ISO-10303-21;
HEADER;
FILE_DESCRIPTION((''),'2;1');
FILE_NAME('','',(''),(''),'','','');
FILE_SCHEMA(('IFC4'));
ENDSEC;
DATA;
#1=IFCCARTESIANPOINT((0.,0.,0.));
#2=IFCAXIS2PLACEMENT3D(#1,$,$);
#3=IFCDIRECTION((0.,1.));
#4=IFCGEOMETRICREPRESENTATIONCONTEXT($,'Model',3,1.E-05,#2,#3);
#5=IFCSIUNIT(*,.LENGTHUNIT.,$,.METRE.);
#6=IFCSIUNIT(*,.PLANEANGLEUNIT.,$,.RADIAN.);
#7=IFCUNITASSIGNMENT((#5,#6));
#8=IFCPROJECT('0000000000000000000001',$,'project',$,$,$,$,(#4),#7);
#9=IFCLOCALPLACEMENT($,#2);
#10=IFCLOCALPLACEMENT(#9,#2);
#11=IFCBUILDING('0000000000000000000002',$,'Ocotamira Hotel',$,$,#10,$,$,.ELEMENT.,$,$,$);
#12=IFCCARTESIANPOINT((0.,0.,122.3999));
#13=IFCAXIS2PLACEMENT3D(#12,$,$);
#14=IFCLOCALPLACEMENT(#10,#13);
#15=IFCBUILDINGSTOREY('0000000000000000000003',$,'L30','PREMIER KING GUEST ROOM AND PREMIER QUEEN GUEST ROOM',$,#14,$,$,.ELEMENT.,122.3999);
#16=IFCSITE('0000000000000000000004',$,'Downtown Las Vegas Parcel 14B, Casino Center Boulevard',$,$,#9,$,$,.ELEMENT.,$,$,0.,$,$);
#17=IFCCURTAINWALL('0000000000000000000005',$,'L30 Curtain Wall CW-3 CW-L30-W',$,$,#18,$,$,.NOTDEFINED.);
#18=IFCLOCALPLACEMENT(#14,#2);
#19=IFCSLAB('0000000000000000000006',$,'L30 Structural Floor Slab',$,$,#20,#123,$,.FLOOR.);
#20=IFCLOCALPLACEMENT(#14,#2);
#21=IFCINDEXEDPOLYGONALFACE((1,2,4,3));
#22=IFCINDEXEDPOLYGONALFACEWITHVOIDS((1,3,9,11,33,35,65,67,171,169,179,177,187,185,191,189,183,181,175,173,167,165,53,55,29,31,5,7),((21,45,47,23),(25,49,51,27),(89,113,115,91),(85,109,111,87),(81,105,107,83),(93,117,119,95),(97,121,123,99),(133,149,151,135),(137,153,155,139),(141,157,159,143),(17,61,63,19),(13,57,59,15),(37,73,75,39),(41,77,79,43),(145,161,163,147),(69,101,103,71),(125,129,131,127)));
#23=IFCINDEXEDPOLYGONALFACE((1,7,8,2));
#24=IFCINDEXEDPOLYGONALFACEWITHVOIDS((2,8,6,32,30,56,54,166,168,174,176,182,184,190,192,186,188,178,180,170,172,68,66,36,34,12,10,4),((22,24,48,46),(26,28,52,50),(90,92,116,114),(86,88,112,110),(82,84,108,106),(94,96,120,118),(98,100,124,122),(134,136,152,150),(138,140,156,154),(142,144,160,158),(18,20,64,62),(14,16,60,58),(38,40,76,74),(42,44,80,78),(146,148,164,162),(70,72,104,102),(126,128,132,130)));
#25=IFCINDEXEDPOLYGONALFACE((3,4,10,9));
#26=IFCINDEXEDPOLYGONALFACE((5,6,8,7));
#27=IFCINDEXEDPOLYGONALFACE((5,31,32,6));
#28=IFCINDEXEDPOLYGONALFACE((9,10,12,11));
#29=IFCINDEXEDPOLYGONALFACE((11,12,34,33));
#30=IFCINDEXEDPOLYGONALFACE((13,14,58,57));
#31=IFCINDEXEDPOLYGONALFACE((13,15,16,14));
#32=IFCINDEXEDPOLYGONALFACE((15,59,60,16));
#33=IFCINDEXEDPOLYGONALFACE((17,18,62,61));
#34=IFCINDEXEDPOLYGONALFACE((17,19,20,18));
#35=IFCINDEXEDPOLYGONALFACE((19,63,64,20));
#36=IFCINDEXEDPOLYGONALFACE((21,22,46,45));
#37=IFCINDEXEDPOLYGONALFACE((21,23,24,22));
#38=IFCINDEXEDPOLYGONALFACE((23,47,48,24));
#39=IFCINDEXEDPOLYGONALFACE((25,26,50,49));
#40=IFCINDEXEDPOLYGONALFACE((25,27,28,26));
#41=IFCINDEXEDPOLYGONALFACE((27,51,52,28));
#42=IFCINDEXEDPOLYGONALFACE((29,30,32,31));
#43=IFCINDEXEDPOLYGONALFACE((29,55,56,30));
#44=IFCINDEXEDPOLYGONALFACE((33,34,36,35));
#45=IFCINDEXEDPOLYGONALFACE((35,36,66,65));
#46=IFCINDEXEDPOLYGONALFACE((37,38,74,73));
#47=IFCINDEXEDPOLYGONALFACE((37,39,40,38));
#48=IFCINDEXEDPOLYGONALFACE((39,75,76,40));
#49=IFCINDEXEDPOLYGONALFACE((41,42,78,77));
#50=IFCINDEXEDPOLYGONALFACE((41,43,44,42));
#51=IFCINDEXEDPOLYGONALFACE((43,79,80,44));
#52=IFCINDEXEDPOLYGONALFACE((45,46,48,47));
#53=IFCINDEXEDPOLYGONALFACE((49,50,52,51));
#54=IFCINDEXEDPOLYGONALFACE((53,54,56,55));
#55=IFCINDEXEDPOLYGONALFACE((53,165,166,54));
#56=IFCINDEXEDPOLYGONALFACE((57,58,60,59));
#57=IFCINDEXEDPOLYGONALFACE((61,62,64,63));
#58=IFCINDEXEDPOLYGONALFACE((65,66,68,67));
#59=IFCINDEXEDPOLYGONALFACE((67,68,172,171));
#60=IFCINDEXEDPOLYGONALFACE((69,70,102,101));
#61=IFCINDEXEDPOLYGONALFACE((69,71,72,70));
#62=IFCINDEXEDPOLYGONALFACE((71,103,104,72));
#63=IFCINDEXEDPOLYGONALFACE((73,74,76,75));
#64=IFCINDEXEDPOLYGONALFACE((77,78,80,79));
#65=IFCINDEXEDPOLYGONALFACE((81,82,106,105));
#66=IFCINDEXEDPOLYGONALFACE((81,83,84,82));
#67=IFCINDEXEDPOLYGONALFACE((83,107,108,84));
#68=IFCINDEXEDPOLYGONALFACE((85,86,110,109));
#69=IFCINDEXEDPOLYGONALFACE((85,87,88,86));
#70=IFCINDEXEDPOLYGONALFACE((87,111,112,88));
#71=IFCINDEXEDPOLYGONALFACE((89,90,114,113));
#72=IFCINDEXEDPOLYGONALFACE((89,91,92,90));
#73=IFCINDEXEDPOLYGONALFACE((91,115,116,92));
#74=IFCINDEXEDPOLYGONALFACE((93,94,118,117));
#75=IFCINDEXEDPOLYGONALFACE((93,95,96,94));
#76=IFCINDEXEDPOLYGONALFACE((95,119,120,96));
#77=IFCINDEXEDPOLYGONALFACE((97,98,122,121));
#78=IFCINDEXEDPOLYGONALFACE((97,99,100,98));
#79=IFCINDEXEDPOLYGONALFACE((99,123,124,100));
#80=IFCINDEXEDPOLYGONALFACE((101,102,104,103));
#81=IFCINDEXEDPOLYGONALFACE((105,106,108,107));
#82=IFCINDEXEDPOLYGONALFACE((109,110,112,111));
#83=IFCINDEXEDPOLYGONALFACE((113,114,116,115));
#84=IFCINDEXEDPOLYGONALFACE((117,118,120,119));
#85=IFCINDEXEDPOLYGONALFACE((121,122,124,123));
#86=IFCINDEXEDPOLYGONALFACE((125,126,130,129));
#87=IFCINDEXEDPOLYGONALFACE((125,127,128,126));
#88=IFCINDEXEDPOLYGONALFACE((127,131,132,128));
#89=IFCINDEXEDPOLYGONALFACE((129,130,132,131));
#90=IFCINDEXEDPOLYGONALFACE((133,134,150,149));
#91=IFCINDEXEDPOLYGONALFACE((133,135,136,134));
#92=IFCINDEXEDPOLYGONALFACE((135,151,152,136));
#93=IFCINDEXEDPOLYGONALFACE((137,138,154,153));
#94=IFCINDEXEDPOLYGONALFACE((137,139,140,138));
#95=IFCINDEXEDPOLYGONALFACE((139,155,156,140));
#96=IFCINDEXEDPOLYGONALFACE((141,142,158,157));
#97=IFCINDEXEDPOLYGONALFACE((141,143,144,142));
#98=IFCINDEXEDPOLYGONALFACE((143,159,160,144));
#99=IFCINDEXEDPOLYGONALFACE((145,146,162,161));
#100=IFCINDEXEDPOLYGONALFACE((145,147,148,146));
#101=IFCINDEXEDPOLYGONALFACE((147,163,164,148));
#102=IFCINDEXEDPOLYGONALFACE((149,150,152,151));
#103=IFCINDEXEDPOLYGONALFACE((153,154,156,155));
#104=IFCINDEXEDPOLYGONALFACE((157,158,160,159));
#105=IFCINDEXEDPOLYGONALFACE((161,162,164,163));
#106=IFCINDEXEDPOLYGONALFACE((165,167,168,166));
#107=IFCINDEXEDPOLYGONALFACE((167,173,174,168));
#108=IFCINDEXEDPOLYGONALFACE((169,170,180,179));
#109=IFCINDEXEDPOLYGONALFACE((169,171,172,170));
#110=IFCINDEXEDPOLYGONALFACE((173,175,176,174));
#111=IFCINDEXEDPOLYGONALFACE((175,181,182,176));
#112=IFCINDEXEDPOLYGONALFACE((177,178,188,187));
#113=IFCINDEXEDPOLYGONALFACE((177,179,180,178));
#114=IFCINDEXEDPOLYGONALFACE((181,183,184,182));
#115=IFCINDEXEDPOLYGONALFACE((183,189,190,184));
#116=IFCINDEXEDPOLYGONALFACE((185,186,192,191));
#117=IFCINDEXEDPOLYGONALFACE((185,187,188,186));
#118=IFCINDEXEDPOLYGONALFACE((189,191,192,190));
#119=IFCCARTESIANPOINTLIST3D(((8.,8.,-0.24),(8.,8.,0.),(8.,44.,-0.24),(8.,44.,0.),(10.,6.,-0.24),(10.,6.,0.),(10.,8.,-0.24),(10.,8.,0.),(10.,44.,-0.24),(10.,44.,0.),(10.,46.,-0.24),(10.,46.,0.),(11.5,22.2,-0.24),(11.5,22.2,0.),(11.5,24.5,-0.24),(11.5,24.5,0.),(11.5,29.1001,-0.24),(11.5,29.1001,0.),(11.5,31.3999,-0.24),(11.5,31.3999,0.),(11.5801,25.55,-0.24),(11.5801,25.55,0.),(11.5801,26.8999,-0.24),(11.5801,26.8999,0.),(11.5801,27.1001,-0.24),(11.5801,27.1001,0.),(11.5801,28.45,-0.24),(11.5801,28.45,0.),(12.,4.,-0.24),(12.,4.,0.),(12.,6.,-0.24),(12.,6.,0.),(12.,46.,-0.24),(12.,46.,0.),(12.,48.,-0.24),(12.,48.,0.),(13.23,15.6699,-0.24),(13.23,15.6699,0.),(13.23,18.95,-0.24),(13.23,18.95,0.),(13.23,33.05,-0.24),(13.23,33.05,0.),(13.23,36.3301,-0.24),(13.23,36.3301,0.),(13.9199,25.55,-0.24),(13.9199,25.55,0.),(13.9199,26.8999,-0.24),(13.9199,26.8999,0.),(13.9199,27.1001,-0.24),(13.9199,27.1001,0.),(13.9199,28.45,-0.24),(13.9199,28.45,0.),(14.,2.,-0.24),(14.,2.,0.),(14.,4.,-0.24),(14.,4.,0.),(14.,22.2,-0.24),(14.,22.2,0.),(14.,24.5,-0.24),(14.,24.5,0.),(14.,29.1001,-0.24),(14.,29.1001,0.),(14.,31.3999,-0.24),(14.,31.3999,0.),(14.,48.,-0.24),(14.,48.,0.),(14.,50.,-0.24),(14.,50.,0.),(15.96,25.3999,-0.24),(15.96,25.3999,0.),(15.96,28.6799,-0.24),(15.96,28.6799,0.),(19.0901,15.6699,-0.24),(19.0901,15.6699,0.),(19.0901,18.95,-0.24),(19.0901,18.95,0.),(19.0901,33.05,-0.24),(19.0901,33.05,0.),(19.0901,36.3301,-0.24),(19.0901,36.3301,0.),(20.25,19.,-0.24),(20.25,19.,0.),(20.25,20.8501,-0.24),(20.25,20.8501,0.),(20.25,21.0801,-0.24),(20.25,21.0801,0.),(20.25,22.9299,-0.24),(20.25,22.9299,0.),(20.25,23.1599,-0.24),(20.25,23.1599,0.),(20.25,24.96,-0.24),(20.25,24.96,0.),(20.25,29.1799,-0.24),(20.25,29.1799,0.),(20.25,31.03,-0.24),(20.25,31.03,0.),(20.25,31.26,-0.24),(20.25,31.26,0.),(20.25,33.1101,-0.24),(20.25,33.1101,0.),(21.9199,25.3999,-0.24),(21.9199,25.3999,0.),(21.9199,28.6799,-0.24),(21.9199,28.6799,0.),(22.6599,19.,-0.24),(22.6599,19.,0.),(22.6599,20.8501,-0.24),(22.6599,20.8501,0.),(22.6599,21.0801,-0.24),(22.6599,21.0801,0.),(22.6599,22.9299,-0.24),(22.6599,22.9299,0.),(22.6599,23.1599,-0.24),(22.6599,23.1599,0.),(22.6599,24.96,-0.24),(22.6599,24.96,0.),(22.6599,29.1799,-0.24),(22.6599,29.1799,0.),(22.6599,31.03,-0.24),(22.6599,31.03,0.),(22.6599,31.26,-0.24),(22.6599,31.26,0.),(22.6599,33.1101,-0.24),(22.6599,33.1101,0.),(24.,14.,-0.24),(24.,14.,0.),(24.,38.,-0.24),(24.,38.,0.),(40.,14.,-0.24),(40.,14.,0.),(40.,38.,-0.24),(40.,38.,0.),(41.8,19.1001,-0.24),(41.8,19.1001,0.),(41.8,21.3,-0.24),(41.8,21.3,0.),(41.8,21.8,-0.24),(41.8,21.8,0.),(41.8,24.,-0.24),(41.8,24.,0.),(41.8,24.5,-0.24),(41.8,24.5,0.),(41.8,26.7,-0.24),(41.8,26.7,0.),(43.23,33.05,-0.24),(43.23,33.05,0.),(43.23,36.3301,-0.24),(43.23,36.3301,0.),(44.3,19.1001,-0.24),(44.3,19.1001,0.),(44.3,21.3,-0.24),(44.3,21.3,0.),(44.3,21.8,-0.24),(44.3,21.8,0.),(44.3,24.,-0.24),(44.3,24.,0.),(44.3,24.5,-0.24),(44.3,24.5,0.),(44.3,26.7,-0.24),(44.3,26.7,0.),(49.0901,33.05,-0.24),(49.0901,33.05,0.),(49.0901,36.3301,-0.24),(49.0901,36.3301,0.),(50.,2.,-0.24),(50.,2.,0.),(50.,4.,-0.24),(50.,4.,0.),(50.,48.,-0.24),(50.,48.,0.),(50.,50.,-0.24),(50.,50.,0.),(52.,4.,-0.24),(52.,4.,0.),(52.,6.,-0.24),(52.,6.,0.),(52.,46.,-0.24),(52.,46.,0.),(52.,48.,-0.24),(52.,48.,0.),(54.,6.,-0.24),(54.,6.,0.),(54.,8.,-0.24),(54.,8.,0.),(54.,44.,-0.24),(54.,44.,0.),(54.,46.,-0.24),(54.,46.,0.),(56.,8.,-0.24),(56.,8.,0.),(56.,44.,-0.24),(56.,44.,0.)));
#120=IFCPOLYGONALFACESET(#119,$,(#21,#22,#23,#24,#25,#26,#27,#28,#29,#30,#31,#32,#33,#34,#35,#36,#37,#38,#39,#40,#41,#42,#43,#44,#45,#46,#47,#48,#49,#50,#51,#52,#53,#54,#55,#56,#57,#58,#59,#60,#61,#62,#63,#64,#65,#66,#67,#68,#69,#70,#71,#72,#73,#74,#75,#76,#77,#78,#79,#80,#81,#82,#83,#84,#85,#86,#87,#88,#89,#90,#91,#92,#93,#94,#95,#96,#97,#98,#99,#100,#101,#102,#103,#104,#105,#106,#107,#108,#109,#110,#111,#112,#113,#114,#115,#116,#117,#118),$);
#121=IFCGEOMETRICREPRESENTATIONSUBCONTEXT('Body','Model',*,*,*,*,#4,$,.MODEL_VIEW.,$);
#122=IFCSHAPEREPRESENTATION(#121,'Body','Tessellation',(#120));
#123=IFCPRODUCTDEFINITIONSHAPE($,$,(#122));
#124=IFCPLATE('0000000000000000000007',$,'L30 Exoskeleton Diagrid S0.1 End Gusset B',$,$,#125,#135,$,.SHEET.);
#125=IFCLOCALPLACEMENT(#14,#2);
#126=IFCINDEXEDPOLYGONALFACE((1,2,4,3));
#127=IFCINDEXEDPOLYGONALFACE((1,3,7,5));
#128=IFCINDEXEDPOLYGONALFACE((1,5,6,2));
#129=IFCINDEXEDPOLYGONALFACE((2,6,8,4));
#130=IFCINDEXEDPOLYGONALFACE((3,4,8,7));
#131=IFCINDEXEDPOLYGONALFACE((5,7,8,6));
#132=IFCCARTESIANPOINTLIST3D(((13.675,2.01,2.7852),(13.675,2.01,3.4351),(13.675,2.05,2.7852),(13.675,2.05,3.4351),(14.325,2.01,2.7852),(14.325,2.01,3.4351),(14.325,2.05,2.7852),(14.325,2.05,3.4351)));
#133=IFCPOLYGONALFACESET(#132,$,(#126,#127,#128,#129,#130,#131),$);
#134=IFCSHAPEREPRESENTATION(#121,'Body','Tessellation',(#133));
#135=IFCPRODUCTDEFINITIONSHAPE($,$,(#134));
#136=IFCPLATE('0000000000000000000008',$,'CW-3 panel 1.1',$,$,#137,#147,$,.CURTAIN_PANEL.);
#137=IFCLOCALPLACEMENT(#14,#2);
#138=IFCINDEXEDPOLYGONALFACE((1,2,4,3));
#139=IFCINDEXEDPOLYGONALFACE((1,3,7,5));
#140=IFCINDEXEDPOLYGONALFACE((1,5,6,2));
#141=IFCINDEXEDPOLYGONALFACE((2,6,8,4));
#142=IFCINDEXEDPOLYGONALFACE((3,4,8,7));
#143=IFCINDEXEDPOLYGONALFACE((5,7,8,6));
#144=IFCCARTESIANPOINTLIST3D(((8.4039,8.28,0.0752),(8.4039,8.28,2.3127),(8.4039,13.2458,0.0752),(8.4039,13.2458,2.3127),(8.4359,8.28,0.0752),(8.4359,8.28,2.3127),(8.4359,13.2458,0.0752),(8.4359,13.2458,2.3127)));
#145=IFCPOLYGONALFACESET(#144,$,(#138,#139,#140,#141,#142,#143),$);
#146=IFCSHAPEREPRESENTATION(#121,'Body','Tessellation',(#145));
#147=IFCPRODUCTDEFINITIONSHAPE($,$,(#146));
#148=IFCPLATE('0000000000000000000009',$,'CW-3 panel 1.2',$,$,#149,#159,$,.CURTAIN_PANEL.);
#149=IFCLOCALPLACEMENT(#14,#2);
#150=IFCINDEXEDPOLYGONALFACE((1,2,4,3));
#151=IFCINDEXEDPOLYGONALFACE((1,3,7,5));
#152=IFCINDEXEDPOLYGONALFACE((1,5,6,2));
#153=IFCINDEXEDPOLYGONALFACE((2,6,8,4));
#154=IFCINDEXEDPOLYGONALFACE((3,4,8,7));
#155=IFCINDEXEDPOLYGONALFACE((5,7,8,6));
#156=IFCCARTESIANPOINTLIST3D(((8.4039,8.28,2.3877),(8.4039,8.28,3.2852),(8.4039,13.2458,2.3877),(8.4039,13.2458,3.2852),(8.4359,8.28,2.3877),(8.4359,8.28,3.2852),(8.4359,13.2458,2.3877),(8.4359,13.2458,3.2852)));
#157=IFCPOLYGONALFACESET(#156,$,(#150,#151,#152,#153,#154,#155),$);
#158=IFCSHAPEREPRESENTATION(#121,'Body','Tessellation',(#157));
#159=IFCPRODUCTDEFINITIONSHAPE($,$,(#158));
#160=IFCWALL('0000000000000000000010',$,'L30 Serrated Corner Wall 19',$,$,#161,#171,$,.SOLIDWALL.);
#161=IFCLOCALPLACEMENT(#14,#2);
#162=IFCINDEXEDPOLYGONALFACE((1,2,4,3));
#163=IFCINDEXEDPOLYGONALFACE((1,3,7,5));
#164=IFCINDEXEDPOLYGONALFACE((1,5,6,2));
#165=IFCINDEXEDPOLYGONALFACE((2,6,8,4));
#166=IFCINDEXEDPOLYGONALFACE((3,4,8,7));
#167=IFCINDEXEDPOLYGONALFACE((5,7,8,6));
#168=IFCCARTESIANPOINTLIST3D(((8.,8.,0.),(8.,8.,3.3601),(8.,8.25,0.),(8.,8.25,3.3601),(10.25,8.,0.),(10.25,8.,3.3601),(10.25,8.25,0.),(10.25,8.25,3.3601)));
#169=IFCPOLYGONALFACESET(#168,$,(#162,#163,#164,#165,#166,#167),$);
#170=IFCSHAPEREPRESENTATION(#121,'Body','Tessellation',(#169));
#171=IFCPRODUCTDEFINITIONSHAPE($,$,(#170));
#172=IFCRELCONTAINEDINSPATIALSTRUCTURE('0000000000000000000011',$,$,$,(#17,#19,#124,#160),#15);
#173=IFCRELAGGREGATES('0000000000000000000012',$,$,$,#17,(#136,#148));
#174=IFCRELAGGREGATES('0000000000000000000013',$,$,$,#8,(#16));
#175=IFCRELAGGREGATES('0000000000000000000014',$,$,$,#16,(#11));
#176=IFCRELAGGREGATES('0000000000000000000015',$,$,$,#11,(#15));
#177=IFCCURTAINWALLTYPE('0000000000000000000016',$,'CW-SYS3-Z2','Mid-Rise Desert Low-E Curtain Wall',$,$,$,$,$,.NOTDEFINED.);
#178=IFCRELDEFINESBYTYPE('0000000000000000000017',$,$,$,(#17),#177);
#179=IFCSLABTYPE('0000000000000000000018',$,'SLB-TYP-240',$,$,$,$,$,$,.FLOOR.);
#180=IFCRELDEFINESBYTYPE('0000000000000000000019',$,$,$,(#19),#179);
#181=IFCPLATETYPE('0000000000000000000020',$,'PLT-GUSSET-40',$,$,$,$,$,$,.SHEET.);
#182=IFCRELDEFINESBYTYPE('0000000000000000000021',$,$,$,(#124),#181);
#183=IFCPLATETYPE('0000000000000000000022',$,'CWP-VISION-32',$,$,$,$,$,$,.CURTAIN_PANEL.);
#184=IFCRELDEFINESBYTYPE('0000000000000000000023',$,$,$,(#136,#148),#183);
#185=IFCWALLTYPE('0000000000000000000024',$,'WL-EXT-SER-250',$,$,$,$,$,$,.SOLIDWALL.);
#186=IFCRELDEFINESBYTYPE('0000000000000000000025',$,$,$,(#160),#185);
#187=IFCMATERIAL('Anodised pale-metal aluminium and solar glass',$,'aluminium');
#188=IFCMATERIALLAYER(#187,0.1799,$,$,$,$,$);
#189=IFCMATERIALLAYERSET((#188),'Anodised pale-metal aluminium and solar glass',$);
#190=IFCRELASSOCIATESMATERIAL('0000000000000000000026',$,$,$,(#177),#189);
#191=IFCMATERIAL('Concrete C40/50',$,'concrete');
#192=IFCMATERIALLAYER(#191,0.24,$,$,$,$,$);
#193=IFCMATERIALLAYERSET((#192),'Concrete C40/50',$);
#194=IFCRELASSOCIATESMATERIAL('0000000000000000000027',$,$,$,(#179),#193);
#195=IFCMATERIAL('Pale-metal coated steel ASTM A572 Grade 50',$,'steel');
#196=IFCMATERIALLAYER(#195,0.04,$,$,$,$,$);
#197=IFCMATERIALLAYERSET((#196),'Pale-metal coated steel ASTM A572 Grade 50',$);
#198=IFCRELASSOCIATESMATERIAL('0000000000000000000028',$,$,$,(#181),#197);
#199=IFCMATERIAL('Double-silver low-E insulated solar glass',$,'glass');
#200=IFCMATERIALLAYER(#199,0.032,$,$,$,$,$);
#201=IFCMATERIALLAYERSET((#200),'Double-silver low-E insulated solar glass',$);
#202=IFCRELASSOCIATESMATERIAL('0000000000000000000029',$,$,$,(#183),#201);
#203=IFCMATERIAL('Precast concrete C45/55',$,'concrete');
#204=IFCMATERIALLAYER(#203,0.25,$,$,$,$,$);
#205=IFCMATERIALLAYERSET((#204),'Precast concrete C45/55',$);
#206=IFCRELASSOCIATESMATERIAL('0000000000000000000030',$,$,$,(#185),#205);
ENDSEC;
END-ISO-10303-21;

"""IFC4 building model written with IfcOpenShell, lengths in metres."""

from ifc_helpers import new_model, si_unit, direction, frame, frame_2d, origin, origin_2d, place, context, subcontext, project, spatial, polyline, rectangle, outline, extrude, source, transform, mapped, material, layer, layer_set, type_object, element, aggregate, save


model = new_model("IFC4")

# Units and contexts
model_context = context("Model", 3, precision=1e-05, world=origin(), true_north=direction((0.0, 1.0)))
body_context = subcontext(model_context, "Body", "Model", "MODEL_VIEW")
ifc_project = project(units=[si_unit("LENGTHUNIT", "METRE"), si_unit("PLANEANGLEUNIT", "RADIAN")], contexts=[model_context])

# Site, building, storey
site_placement = place(None, origin())
site = spatial("IfcSite", under=ifc_project, at=site_placement, Name="Downtown Las Vegas Parcel 14B, Casino Center Boulevard", CompositionType="ELEMENT", RefElevation=0.0)
building_placement = place(site_placement, origin())
building = spatial("IfcBuilding", under=site, at=building_placement, Name="Ocotamira Hotel", CompositionType="ELEMENT")
storey_placement = place(building_placement, frame((0.0, 0.0, 122.3999)))
storey = spatial("IfcBuildingStorey", under=building, at=storey_placement, Name="L30", Description="PREMIER KING GUEST ROOM AND PREMIER QUEEN GUEST ROOM", CompositionType="ELEMENT", Elevation=122.3999)

# Curtain wall
ifc_material_1 = material(Name="Anodised pale-metal aluminium and solar glass", Category="aluminium")
ifc_layer_1 = layer(ifc_material_1, 0.1799)
ifc_layer_set_1 = layer_set([ifc_layer_1], Name="Anodised pale-metal aluminium and solar glass")
curtain_wall_type = type_object("IfcCurtainWallType", Name="CW-SYS3-Z2", Description="Mid-Rise Desert Low-E Curtain Wall", PredefinedType="NOTDEFINED", material=ifc_layer_set_1)
curtain_wall_1_placement = place(storey_placement, origin())
curtain_wall_1 = element("IfcCurtainWall", 1, at=curtain_wall_1_placement, inside=storey, type_object=curtain_wall_type, Name="L30 Curtain Wall CW-3 CW-L30-W", PredefinedType="NOTDEFINED")

# Shared definitions
ifc_material_2 = material(Name="Concrete C40/50", Category="concrete")

# Slab
ifc_layer_2 = layer(ifc_material_2, 0.24)
ifc_layer_set_2 = layer_set([ifc_layer_2], Name="Concrete C40/50")
slab_type_1 = type_object("IfcSlabType", Name="SLB-TYP-240", PredefinedType="FLOOR", material=ifc_layer_set_2)
slab_1_placement = place(storey_placement, frame((0.0, 0.0, -0.24)))
element("IfcSlab", 2, at=slab_1_placement, inside=storey, type_object=slab_type_1, Name="L30 Structural Floor Slab", PredefinedType="FLOOR", context=body_context, shape_type="SweptSolid", body=[
    extrude(outline(polyline([(14.0, 2.0), (50.0, 2.0), (50.0, 4.0), (52.0, 4.0), (52.0, 6.0), (54.0, 6.0), (54.0, 8.0), (56.0, 8.0), (56.0, 44.0), (54.0, 44.0), (54.0, 46.0), (52.0, 46.0), (52.0, 48.0), (50.0, 48.0), (50.0, 50.0), (14.0, 50.0), (14.0, 48.0), (12.0, 48.0), (12.0, 46.0), (10.0, 46.0), (10.0, 44.0), (8.0, 44.0), (8.0, 8.0), (10.0, 8.0), (10.0, 6.0), (12.0, 6.0), (12.0, 4.0), (14.0, 4.0), (14.0, 2.0)]), holes=[polyline([(24.0, 14.0), (40.0, 14.0), (40.0, 38.0), (24.0, 38.0), (24.0, 14.0)]), polyline([(13.23, 15.6699), (19.0901, 15.6699), (19.0901, 18.95), (13.23, 18.95), (13.23, 15.6699)]), polyline([(13.23, 33.05), (19.0901, 33.05), (19.0901, 36.3301), (13.23, 36.3301), (13.23, 33.05)]), polyline([(15.96, 25.3999), (21.9199, 25.3999), (21.9199, 28.6799), (15.96, 28.6799), (15.96, 25.3999)]), polyline([(43.23, 33.05), (49.0901, 33.05), (49.0901, 36.3301), (43.23, 36.3301), (43.23, 33.05)]), polyline([(41.8, 19.1001), (44.3, 19.1001), (44.3, 21.3), (41.8, 21.3), (41.8, 19.1001)]), polyline([(41.8, 21.8), (44.3, 21.8), (44.3, 24.0), (41.8, 24.0), (41.8, 21.8)]), polyline([(41.8, 24.5), (44.3, 24.5), (44.3, 26.7), (41.8, 26.7), (41.8, 24.5)]), polyline([(20.25, 19.0), (22.6599, 19.0), (22.6599, 20.8501), (20.25, 20.8501), (20.25, 19.0)]), polyline([(20.25, 21.0801), (22.6599, 21.0801), (22.6599, 22.9299), (20.25, 22.9299), (20.25, 21.0801)]), polyline([(20.25, 23.1599), (22.6599, 23.1599), (22.6599, 24.96), (20.25, 24.96), (20.25, 23.1599)]), polyline([(20.25, 29.1799), (22.6599, 29.1799), (22.6599, 31.03), (20.25, 31.03), (20.25, 29.1799)]), polyline([(20.25, 31.26), (22.6599, 31.26), (22.6599, 33.1101), (20.25, 33.1101), (20.25, 31.26)]), polyline([(11.5, 22.2), (14.0, 22.2), (14.0, 24.5), (11.5, 24.5), (11.5, 22.2)]), polyline([(11.5, 29.1001), (14.0, 29.1001), (14.0, 31.3999), (11.5, 31.3999), (11.5, 29.1001)]), polyline([(11.5801, 25.55), (13.9199, 25.55), (13.9199, 26.8999), (11.5801, 26.8999), (11.5801, 25.55)]), polyline([(11.5801, 27.1001), (13.9199, 27.1001), (13.9199, 28.45), (11.5801, 28.45), (11.5801, 27.1001)])]), origin(), (0.0, 0.0, 1.0), 0.24),
])

# Plates
ifc_material_3 = material(Name="Pale-metal coated steel ASTM A572 Grade 50", Category="steel")
ifc_layer_3 = layer(ifc_material_3, 0.04)
ifc_layer_set_3 = layer_set([ifc_layer_3], Name="Pale-metal coated steel ASTM A572 Grade 50")
plate_type_1 = type_object("IfcPlateType", Name="PLT-GUSSET-40", PredefinedType="SHEET", material=ifc_layer_set_3)
shared_shape_1 = source(origin(), body_context, "Body", "SweptSolid", [
    extrude(rectangle(XDim=0.6499, YDim=0.04, at=origin_2d()), origin(), (0.0, 0.0, 1.0), 0.6499),
])
plate_1_placement = place(storey_placement, frame((14.0, 2.03, 2.7852), z_axis=(0.0, 0.0, 1.0), x_axis=(-1.0, 0.0, 0.0)))
element("IfcPlate", 3, at=plate_1_placement, inside=storey, type_object=plate_type_1, Name="L30 Exoskeleton Diagrid S0.1 End Gusset B", PredefinedType="SHEET", context=body_context, shape_type="MappedRepresentation", body=[
    mapped(shared_shape_1, transform((0.0, 0.0, 0.0), scale=1.0)),
])
ifc_material_4 = material(Name="Double-silver low-E insulated solar glass", Category="glass")
ifc_layer_4 = layer(ifc_material_4, 0.032)
ifc_layer_set_4 = layer_set([ifc_layer_4], Name="Double-silver low-E insulated solar glass")
plate_type_2 = type_object("IfcPlateType", Name="CWP-VISION-32", PredefinedType="CURTAIN_PANEL", material=ifc_layer_set_4)
shared_shape_2 = source(origin(), body_context, "Body", "SweptSolid", [
    extrude(rectangle(XDim=4.9658, YDim=0.032, at=origin_2d()), origin(), (0.0, 0.0, 1.0), 2.2375),
])
plate_2_placement = place(storey_placement, frame((8.4199, 10.7629, 0.0752), z_axis=(0.0, 0.0, 1.0), x_axis=(0.0, 1.0, 0.0)))
plate_2 = element("IfcPlate", 4, at=plate_2_placement, type_object=plate_type_2, Name="CW-3 panel 1.1", PredefinedType="CURTAIN_PANEL", context=body_context, shape_type="MappedRepresentation", body=[
    mapped(shared_shape_2, transform((0.0, 0.0, 0.0), scale=1.0)),
])
shared_shape_3 = source(origin(), body_context, "Body", "SweptSolid", [
    extrude(rectangle(XDim=4.9658, YDim=0.032, at=origin_2d()), origin(), (0.0, 0.0, 1.0), 0.8975),
])
plate_3_placement = place(storey_placement, frame((8.4199, 10.7629, 2.3877), z_axis=(0.0, 0.0, 1.0), x_axis=(0.0, 1.0, 0.0)))
plate_3 = element("IfcPlate", 5, at=plate_3_placement, type_object=plate_type_2, Name="CW-3 panel 1.2", PredefinedType="CURTAIN_PANEL", context=body_context, shape_type="MappedRepresentation", body=[
    mapped(shared_shape_3, transform((0.0, 0.0, 0.0), scale=1.0)),
])
aggregate(curtain_wall_1, [plate_2, plate_3])

# Wall
ifc_material_5 = material(Name="Precast concrete C45/55", Category="concrete")
ifc_layer_5 = layer(ifc_material_5, 0.25)
ifc_layer_set_5 = layer_set([ifc_layer_5], Name="Precast concrete C45/55")
wall_type_1 = type_object("IfcWallType", Name="WL-EXT-SER-250", PredefinedType="SOLIDWALL", material=ifc_layer_set_5)
wall_1_placement = place(storey_placement, frame((8.0, 8.125, 0.0), z_axis=(0.0, 0.0, 1.0), x_axis=(1.0, 0.0, 0.0)))
element("IfcWall", 6, at=wall_1_placement, inside=storey, type_object=wall_type_1, Name="L30 Serrated Corner Wall 19", PredefinedType="SOLIDWALL", context=body_context, shape_type="SweptSolid", body=[
    extrude(rectangle(XDim=2.25, YDim=0.25, at=frame_2d((1.125, 0.0))), origin(), (0.0, 0.0, 1.0), 3.3601),
])

save(model, "model.ifc")
